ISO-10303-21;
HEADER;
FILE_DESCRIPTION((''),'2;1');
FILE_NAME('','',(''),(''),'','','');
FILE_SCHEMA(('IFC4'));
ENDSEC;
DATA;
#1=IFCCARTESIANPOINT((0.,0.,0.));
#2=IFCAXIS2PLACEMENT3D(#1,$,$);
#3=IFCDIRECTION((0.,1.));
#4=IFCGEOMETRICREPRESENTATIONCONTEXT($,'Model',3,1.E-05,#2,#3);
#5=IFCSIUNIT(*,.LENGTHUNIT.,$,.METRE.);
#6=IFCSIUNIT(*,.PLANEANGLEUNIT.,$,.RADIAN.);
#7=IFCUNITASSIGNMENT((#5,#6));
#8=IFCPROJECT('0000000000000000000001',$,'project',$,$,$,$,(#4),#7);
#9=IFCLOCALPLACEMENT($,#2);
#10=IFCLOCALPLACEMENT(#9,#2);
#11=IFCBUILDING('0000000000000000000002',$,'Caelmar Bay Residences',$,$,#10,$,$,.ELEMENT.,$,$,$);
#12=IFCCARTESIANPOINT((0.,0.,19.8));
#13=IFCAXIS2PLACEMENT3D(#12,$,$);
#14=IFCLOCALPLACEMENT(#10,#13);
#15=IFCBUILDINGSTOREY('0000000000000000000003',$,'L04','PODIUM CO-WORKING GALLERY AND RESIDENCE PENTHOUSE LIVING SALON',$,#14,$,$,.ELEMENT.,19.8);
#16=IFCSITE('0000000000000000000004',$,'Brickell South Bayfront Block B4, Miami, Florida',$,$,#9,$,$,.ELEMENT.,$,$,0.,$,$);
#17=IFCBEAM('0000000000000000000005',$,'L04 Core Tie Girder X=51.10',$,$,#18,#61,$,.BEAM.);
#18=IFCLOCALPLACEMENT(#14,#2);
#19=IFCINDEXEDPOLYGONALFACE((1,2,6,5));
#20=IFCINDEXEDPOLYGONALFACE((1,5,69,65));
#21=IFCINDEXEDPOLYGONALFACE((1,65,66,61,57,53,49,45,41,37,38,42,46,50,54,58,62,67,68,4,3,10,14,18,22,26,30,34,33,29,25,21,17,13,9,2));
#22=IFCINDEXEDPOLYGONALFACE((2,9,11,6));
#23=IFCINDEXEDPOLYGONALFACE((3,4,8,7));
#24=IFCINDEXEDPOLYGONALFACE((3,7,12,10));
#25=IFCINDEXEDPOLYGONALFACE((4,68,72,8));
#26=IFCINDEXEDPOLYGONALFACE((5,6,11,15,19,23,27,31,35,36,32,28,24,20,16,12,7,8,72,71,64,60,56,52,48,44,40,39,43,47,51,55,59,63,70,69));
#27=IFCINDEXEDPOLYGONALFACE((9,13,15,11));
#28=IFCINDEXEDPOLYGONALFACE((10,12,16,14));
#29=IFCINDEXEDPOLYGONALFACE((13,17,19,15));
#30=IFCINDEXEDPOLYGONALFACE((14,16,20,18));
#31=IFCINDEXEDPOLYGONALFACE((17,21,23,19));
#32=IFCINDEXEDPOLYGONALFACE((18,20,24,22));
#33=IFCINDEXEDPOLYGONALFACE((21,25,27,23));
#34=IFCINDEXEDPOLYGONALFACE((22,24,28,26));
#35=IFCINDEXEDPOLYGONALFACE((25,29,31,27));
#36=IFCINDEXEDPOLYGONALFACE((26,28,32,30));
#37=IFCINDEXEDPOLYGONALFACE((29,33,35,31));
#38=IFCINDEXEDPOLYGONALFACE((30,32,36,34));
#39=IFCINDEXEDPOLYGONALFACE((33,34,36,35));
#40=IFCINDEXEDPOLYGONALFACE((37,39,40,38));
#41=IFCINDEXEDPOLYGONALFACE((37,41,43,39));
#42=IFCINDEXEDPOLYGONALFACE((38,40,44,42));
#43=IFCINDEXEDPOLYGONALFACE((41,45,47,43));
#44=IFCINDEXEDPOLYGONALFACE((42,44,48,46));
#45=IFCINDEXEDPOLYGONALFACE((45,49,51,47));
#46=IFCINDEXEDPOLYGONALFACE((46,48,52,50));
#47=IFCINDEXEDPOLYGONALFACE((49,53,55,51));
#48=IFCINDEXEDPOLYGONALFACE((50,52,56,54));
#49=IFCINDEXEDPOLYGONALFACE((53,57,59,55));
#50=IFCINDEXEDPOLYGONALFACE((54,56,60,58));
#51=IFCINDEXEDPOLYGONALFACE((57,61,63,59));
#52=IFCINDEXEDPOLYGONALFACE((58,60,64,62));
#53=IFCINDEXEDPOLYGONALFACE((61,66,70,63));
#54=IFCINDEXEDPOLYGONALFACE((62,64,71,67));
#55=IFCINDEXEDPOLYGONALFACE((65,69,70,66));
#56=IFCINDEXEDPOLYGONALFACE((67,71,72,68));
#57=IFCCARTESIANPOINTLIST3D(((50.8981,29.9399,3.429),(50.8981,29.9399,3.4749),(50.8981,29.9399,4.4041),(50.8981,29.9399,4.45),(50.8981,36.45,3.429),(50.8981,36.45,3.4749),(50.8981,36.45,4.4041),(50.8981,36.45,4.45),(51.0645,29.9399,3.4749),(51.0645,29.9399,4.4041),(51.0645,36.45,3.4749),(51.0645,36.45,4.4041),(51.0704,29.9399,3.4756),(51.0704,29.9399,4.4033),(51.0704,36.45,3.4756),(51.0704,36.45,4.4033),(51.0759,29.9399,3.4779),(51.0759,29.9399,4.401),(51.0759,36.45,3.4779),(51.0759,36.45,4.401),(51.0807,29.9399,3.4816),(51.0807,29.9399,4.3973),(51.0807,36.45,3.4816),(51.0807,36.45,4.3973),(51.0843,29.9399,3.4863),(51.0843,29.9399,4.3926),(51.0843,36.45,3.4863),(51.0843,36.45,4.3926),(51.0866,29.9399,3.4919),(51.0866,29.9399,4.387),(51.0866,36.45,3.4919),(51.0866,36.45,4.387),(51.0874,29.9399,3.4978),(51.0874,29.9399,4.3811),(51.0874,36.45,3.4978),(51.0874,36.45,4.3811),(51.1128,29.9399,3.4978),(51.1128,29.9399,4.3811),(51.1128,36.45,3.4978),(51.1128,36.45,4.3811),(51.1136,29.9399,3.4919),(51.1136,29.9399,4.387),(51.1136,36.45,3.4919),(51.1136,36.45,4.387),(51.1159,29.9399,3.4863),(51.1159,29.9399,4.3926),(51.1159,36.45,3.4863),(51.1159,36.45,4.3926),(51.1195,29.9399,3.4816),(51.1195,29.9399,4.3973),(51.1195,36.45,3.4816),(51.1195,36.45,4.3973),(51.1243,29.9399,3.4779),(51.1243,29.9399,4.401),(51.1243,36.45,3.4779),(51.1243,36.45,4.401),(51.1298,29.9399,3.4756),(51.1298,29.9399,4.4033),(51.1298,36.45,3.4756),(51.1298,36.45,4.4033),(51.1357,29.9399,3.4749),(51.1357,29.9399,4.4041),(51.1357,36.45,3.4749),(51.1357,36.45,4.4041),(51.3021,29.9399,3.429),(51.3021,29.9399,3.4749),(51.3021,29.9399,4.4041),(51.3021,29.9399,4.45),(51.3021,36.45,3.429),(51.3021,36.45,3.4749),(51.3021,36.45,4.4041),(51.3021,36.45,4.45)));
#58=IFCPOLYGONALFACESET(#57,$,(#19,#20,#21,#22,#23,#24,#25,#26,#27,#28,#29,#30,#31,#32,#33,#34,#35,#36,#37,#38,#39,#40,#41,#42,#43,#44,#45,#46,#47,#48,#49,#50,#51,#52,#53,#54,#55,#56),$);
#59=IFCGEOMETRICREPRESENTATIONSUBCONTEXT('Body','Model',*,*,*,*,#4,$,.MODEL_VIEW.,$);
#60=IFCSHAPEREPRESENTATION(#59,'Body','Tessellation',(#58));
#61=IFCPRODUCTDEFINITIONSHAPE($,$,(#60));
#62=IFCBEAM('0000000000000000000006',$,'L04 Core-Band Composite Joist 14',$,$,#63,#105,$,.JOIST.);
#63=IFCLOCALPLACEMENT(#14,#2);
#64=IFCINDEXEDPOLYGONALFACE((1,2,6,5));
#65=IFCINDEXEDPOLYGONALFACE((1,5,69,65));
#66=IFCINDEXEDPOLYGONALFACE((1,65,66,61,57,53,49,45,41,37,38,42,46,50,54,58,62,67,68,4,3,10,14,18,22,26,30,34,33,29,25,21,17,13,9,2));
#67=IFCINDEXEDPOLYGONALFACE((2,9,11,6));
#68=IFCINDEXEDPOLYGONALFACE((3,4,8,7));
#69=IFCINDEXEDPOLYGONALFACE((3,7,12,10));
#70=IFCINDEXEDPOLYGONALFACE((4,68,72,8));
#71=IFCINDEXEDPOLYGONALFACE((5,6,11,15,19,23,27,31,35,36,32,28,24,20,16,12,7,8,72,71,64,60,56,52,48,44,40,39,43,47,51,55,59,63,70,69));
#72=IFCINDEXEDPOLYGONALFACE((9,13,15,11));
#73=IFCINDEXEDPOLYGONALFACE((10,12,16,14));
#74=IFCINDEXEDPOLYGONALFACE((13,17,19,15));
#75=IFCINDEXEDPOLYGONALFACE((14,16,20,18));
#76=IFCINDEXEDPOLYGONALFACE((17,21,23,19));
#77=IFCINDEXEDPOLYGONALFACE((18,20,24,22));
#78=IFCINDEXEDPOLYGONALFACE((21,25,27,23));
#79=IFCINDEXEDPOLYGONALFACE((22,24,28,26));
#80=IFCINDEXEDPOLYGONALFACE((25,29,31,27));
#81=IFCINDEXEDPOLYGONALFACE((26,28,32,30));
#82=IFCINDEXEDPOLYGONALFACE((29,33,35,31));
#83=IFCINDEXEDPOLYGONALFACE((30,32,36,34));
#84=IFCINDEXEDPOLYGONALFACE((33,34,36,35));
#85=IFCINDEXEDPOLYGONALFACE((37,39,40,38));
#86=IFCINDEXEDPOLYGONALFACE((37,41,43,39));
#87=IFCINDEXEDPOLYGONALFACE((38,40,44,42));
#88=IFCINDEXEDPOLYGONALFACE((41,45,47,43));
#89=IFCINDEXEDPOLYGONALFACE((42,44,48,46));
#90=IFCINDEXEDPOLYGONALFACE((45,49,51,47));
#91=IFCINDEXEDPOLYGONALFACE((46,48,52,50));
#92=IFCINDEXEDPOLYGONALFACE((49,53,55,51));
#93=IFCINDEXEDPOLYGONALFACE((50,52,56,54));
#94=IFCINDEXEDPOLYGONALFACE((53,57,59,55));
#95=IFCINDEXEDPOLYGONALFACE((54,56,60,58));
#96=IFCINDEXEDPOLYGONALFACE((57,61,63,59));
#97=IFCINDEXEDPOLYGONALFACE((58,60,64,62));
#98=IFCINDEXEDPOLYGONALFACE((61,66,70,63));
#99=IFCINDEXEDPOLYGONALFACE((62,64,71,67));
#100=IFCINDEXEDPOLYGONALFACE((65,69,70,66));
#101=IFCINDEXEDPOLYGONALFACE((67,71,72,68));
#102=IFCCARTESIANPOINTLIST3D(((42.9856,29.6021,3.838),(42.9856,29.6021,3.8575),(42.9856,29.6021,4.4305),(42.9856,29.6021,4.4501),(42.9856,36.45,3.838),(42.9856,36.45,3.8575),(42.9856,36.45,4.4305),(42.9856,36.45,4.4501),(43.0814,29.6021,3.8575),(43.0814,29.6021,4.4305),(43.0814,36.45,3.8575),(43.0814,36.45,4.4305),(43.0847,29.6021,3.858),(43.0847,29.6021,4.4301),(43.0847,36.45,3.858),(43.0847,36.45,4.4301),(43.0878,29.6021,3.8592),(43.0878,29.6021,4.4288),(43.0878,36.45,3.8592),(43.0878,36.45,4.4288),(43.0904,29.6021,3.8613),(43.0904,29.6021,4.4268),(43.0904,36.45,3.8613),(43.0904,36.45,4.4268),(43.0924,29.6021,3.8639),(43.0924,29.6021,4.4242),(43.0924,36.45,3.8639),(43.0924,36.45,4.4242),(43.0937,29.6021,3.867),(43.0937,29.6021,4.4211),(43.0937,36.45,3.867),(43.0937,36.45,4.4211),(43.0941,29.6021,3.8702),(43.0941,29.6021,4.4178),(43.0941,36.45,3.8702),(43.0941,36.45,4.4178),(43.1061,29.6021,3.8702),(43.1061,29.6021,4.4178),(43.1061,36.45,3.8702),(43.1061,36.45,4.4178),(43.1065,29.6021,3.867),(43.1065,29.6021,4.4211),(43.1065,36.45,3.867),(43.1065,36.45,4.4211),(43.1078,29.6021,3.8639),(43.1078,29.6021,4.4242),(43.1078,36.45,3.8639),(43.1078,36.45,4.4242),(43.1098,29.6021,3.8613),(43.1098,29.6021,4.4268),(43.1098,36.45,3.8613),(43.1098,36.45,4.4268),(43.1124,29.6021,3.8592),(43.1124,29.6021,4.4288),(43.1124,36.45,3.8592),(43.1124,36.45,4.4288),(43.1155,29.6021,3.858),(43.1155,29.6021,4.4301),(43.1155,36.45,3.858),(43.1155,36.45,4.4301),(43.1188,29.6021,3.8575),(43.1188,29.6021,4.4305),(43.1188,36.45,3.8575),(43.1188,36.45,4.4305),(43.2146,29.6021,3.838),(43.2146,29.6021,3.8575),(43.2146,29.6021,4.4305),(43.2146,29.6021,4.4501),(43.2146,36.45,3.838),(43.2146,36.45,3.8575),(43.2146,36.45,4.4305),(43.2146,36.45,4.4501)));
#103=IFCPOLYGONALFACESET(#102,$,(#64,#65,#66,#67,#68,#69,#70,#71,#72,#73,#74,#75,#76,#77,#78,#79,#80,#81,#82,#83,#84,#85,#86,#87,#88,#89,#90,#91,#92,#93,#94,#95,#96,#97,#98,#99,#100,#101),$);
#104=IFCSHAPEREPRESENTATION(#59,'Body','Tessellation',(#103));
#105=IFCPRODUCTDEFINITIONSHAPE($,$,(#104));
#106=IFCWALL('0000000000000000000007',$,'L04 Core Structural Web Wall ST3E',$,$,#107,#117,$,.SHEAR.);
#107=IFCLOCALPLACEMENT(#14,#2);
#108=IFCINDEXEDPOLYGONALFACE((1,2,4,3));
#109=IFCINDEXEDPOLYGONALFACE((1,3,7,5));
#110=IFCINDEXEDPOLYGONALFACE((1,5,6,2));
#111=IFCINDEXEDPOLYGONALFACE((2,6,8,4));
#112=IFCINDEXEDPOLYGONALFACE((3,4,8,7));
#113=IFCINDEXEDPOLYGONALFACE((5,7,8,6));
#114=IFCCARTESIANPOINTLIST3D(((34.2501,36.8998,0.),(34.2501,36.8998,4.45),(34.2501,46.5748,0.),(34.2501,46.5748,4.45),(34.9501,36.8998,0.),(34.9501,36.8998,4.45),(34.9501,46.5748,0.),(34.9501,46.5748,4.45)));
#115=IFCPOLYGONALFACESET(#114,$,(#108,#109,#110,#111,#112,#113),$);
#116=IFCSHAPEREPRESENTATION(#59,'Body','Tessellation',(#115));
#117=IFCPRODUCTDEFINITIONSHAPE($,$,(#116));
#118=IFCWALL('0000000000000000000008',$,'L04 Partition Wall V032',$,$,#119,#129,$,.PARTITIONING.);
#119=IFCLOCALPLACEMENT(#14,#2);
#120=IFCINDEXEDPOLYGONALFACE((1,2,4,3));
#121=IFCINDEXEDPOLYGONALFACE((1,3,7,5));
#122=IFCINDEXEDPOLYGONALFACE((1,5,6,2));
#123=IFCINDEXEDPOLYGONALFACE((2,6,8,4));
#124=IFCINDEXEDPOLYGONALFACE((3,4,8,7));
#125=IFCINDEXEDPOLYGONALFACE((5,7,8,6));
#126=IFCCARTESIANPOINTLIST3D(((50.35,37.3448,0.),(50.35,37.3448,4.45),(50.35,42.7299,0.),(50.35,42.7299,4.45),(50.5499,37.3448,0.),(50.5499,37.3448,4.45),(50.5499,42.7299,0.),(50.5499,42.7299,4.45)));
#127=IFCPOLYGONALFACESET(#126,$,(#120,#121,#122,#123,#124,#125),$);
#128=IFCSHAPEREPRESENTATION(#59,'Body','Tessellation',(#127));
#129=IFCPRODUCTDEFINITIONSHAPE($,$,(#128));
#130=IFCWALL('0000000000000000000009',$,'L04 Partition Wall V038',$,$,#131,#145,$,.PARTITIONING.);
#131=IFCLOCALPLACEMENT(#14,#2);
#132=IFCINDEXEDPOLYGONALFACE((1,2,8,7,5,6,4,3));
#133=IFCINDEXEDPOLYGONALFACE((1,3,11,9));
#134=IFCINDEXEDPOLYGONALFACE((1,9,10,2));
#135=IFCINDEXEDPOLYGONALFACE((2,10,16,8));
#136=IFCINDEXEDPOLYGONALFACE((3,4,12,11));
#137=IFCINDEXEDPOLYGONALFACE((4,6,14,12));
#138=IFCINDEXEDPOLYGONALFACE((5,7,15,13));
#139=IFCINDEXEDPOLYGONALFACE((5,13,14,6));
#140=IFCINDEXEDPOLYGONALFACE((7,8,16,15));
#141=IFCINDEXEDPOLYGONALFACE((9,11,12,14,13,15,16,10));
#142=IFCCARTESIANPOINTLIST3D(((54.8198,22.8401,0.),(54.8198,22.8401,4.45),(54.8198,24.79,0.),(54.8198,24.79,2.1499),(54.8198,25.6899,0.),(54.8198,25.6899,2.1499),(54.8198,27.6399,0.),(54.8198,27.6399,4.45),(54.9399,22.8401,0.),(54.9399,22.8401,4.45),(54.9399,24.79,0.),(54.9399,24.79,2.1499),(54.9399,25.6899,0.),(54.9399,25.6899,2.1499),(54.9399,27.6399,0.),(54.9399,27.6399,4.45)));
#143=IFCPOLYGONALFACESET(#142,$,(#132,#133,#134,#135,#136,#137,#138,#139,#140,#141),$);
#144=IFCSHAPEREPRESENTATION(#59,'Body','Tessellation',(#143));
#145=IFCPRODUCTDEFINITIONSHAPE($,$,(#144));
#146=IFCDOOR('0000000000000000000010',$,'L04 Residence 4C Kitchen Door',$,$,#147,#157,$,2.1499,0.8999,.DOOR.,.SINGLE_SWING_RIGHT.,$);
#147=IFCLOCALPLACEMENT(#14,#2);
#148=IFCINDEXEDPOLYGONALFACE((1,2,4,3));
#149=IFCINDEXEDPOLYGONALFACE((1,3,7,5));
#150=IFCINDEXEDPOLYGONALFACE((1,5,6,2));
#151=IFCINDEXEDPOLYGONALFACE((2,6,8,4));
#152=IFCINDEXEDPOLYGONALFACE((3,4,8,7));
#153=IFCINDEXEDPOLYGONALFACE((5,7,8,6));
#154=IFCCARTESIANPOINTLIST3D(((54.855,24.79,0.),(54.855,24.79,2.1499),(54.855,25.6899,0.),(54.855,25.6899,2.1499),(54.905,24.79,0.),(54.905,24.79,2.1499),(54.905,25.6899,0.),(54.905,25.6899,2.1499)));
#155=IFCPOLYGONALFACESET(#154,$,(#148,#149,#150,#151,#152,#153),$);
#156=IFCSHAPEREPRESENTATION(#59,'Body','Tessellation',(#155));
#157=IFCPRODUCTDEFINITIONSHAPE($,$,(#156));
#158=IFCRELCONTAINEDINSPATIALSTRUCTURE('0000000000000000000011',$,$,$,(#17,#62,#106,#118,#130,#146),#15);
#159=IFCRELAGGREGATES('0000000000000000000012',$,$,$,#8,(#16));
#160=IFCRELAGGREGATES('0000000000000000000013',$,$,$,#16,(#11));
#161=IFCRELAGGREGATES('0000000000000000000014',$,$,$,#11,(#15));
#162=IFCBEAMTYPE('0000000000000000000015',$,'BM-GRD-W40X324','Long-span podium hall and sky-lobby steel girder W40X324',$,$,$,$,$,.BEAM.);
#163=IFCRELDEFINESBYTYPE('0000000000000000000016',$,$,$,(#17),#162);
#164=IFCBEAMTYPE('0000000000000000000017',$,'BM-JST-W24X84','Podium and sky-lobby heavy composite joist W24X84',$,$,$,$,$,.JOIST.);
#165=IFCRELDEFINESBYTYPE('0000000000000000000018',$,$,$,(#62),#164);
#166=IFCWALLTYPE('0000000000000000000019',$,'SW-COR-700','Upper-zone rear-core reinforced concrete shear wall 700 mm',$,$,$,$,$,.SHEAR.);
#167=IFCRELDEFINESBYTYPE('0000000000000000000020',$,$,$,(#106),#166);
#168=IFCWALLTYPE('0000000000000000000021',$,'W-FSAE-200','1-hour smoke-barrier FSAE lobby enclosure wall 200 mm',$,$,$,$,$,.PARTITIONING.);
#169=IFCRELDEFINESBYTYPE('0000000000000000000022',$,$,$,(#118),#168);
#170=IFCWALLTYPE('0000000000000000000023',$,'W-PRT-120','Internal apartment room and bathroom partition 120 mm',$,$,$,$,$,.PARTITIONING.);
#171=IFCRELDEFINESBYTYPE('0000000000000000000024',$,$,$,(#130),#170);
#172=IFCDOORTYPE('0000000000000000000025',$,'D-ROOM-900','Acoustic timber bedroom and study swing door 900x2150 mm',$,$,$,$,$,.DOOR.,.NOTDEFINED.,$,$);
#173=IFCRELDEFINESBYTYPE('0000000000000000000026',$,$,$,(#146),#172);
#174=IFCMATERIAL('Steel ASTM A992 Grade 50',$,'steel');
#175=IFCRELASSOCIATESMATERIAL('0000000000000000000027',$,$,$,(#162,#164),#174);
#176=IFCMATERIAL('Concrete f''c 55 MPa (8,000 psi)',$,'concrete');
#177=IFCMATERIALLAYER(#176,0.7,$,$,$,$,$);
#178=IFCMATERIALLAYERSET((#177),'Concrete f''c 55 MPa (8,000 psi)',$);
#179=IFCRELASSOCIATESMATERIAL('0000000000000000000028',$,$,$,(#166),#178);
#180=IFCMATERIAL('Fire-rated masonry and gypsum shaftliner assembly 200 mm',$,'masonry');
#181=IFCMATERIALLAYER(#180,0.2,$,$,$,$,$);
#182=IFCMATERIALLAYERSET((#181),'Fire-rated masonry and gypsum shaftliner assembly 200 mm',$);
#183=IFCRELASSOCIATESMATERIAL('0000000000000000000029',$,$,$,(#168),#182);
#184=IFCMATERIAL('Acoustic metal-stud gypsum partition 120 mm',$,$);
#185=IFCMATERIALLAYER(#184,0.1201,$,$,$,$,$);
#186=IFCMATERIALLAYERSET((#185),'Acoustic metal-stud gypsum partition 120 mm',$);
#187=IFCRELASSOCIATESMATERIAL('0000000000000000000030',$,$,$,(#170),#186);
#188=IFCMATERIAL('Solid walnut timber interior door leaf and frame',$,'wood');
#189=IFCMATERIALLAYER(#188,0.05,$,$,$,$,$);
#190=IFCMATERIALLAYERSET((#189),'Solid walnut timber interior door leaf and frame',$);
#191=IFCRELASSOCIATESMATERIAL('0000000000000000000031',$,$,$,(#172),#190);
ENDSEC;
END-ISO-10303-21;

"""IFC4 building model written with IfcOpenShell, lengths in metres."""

from ifc_helpers import new_model, si_unit, direction, frame, frame_2d, origin, origin_2d, place, context, subcontext, project, spatial, rectangle, i_section, extrude, material, layer, layer_set, material_profile, profile_set, type_object, element, fill, save


model = new_model("IFC4")

# Units and contexts
model_context = context("Model", 3, precision=1e-05, world=origin(), true_north=direction((0.0, 1.0)))
body_context = subcontext(model_context, "Body", "Model", "MODEL_VIEW")
ifc_project = project(units=[si_unit("LENGTHUNIT", "METRE"), si_unit("PLANEANGLEUNIT", "RADIAN")], contexts=[model_context])

# Site, building, storey
site_placement = place(None, origin())
site = spatial("IfcSite", under=ifc_project, at=site_placement, Name="Brickell South Bayfront Block B4, Miami, Florida", CompositionType="ELEMENT", RefElevation=0.0)
building_placement = place(site_placement, origin())
building = spatial("IfcBuilding", under=site, at=building_placement, Name="Caelmar Bay Residences", CompositionType="ELEMENT")
storey_placement = place(building_placement, frame((0.0, 0.0, 19.8)))
storey = spatial("IfcBuildingStorey", under=building, at=storey_placement, Name="L04", Description="PODIUM CO-WORKING GALLERY AND RESIDENCE PENTHOUSE LIVING SALON", CompositionType="ELEMENT", Elevation=19.8)

# Beams
ifc_material_1 = material(Name="Steel ASTM A992 Grade 50", Category="steel")
ifc_material_profile_1 = material_profile(ifc_material_1, i_section(OverallWidth=0.4041, OverallDepth=1.021, WebThickness=0.0254, FlangeThickness=0.0459, FilletRadius=0.0229, at=origin_2d()), Name="W40X324")
ifc_profile_set_1 = profile_set([ifc_material_profile_1], Name="Steel ASTM A992 Grade 50")
beam_type_1 = type_object("IfcBeamType", Name="BM-GRD-W40X324", Description="Long-span podium hall and sky-lobby steel girder W40X324", PredefinedType="BEAM", material=ifc_profile_set_1)
for number, where, z_axis, x_axis, name in (
    (1, (51.1001, 29.9399, 3.9395), (0.0, 1.0, 0.0), (-1.0, 0.0, 0.0), "L04 Core Tie Girder X=51.10"),
):
    element("IfcBeam", number, at=place(storey_placement, frame(where, z_axis=z_axis, x_axis=x_axis)), inside=storey, type_object=beam_type_1, Name=name, PredefinedType="BEAM", context=body_context, shape_type="SweptSolid", body=[
        extrude(i_section(OverallWidth=0.4041, OverallDepth=1.021, WebThickness=0.0254, FlangeThickness=0.0459, FilletRadius=0.0229, at=origin_2d()), origin(), (0.0, 0.0, 1.0), 6.51),
    ])
ifc_material_profile_2 = material_profile(ifc_material_1, i_section(OverallWidth=0.229, OverallDepth=0.6121, WebThickness=0.012, FlangeThickness=0.0195, FilletRadius=0.0127, at=origin_2d()), Name="W24X84")
ifc_profile_set_2 = profile_set([ifc_material_profile_2], Name="Steel ASTM A992 Grade 50")
beam_type_2 = type_object("IfcBeamType", Name="BM-JST-W24X84", Description="Podium and sky-lobby heavy composite joist W24X84", PredefinedType="JOIST", material=ifc_profile_set_2)
beam_1_placement = place(storey_placement, frame((43.1001, 29.6021, 4.144), z_axis=(0.0, 1.0, 0.0), x_axis=(-1.0, 0.0, 0.0)))
element("IfcBeam", 2, at=beam_1_placement, inside=storey, type_object=beam_type_2, Name="L04 Core-Band Composite Joist 14", PredefinedType="JOIST", context=body_context, shape_type="SweptSolid", body=[
    extrude(i_section(OverallWidth=0.229, OverallDepth=0.6121, WebThickness=0.012, FlangeThickness=0.0195, FilletRadius=0.0127, at=origin_2d()), origin(), (0.0, 0.0, 1.0), 6.8479),
])

# Shared definitions
ifc_material_2 = material(Name="Concrete f'c 55 MPa (8,000 psi)", Category="concrete")
ifc_layer_1 = layer(ifc_material_2, 0.7)
ifc_layer_set_1 = layer_set([ifc_layer_1], Name="Concrete f'c 55 MPa (8,000 psi)")
wall_type_1 = type_object("IfcWallType", Name="SW-COR-700", Description="Upper-zone rear-core reinforced concrete shear wall 700 mm", PredefinedType="SHEAR", material=ifc_layer_set_1)

# Walls
wall_1_placement = place(storey_placement, frame((34.6001, 36.8999, 0.0), z_axis=(0.0, 0.0, 1.0), x_axis=(0.0, 1.0, 0.0)))
element("IfcWall", 3, at=wall_1_placement, inside=storey, type_object=wall_type_1, Name="L04 Core Structural Web Wall ST3E", PredefinedType="SHEAR", context=body_context, shape_type="SweptSolid", body=[
    extrude(rectangle(XDim=9.675, YDim=0.7, at=frame_2d((4.8374, 0.0))), origin(), (0.0, 0.0, 1.0), 4.45),
])
ifc_material_3 = material(Name="Fire-rated masonry and gypsum shaftliner assembly 200 mm", Category="masonry")
ifc_layer_2 = layer(ifc_material_3, 0.2)
ifc_layer_set_2 = layer_set([ifc_layer_2], Name="Fire-rated masonry and gypsum shaftliner assembly 200 mm")
wall_type_2 = type_object("IfcWallType", Name="W-FSAE-200", Description="1-hour smoke-barrier FSAE lobby enclosure wall 200 mm", PredefinedType="PARTITIONING", material=ifc_layer_set_2)
wall_2_placement = place(storey_placement, frame((50.45, 37.345, 0.0), z_axis=(0.0, 0.0, 1.0), x_axis=(0.0, 1.0, 0.0)))
element("IfcWall", 4, at=wall_2_placement, inside=storey, type_object=wall_type_2, Name="L04 Partition Wall V032", PredefinedType="PARTITIONING", context=body_context, shape_type="SweptSolid", body=[
    extrude(rectangle(XDim=5.385, YDim=0.2, at=frame_2d((2.6924, 0.0))), origin(), (0.0, 0.0, 1.0), 4.45),
])

# Wall, opening, door
ifc_material_4 = material(Name="Acoustic metal-stud gypsum partition 120 mm")
ifc_layer_3 = layer(ifc_material_4, 0.1201)
ifc_layer_set_3 = layer_set([ifc_layer_3], Name="Acoustic metal-stud gypsum partition 120 mm")
wall_type_3 = type_object("IfcWallType", Name="W-PRT-120", Description="Internal apartment room and bathroom partition 120 mm", PredefinedType="PARTITIONING", material=ifc_layer_set_3)
wall_3_placement = place(storey_placement, frame((54.8799, 22.8401, 0.0), z_axis=(0.0, 0.0, 1.0), x_axis=(0.0, 1.0, 0.0)))
wall_3 = element("IfcWall", 5, at=wall_3_placement, inside=storey, type_object=wall_type_3, Name="L04 Partition Wall V038", PredefinedType="PARTITIONING", context=body_context, shape_type="SweptSolid", body=[
    extrude(rectangle(XDim=4.7998, YDim=0.1201, at=frame_2d((2.3999, 0.0))), origin(), (0.0, 0.0, 1.0), 4.45),
])
opening_1_placement = place(wall_3_placement, frame((1.95, 0.0, 0.0)))
opening_1 = element("IfcOpeningElement", 6, at=opening_1_placement, cuts=wall_3, PredefinedType="OPENING", context=body_context, shape_type="SweptSolid", body=[
    extrude(rectangle(XDim=0.8999, YDim=2.1499, at=frame_2d((0.45, 1.075))), frame((0.0, 0.0701, 0.0), z_axis=(0.0, -1.0, 0.0), x_axis=(1.0, 0.0, 0.0)), (0.0, 0.0, 1.0), 0.1401),
])
ifc_material_5 = material(Name="Solid walnut timber interior door leaf and frame", Category="wood")
ifc_layer_4 = layer(ifc_material_5, 0.05)
ifc_layer_set_4 = layer_set([ifc_layer_4], Name="Solid walnut timber interior door leaf and frame")
door_type_1 = type_object("IfcDoorType", Name="D-ROOM-900", Description="Acoustic timber bedroom and study swing door 900x2150 mm", OperationType="NOTDEFINED", PredefinedType="DOOR", material=ifc_layer_set_4)
door_1_placement = place(opening_1_placement, origin())
door_1 = element("IfcDoor", 7, at=door_1_placement, inside=storey, type_object=door_type_1, Name="L04 Residence 4C Kitchen Door", OperationType="SINGLE_SWING_RIGHT", OverallHeight=2.1499, OverallWidth=0.8999, PredefinedType="DOOR", context=body_context, shape_type="SweptSolid", body=[
    extrude(rectangle(XDim=0.8999, YDim=2.1499, at=frame_2d((0.45, 1.075))), frame((0.0, 0.0249, 0.0), z_axis=(0.0, -1.0, 0.0), x_axis=(1.0, 0.0, 0.0)), (0.0, 0.0, 1.0), 0.05),
])
fill(opening_1, door_1)

save(model, "model.ifc")
